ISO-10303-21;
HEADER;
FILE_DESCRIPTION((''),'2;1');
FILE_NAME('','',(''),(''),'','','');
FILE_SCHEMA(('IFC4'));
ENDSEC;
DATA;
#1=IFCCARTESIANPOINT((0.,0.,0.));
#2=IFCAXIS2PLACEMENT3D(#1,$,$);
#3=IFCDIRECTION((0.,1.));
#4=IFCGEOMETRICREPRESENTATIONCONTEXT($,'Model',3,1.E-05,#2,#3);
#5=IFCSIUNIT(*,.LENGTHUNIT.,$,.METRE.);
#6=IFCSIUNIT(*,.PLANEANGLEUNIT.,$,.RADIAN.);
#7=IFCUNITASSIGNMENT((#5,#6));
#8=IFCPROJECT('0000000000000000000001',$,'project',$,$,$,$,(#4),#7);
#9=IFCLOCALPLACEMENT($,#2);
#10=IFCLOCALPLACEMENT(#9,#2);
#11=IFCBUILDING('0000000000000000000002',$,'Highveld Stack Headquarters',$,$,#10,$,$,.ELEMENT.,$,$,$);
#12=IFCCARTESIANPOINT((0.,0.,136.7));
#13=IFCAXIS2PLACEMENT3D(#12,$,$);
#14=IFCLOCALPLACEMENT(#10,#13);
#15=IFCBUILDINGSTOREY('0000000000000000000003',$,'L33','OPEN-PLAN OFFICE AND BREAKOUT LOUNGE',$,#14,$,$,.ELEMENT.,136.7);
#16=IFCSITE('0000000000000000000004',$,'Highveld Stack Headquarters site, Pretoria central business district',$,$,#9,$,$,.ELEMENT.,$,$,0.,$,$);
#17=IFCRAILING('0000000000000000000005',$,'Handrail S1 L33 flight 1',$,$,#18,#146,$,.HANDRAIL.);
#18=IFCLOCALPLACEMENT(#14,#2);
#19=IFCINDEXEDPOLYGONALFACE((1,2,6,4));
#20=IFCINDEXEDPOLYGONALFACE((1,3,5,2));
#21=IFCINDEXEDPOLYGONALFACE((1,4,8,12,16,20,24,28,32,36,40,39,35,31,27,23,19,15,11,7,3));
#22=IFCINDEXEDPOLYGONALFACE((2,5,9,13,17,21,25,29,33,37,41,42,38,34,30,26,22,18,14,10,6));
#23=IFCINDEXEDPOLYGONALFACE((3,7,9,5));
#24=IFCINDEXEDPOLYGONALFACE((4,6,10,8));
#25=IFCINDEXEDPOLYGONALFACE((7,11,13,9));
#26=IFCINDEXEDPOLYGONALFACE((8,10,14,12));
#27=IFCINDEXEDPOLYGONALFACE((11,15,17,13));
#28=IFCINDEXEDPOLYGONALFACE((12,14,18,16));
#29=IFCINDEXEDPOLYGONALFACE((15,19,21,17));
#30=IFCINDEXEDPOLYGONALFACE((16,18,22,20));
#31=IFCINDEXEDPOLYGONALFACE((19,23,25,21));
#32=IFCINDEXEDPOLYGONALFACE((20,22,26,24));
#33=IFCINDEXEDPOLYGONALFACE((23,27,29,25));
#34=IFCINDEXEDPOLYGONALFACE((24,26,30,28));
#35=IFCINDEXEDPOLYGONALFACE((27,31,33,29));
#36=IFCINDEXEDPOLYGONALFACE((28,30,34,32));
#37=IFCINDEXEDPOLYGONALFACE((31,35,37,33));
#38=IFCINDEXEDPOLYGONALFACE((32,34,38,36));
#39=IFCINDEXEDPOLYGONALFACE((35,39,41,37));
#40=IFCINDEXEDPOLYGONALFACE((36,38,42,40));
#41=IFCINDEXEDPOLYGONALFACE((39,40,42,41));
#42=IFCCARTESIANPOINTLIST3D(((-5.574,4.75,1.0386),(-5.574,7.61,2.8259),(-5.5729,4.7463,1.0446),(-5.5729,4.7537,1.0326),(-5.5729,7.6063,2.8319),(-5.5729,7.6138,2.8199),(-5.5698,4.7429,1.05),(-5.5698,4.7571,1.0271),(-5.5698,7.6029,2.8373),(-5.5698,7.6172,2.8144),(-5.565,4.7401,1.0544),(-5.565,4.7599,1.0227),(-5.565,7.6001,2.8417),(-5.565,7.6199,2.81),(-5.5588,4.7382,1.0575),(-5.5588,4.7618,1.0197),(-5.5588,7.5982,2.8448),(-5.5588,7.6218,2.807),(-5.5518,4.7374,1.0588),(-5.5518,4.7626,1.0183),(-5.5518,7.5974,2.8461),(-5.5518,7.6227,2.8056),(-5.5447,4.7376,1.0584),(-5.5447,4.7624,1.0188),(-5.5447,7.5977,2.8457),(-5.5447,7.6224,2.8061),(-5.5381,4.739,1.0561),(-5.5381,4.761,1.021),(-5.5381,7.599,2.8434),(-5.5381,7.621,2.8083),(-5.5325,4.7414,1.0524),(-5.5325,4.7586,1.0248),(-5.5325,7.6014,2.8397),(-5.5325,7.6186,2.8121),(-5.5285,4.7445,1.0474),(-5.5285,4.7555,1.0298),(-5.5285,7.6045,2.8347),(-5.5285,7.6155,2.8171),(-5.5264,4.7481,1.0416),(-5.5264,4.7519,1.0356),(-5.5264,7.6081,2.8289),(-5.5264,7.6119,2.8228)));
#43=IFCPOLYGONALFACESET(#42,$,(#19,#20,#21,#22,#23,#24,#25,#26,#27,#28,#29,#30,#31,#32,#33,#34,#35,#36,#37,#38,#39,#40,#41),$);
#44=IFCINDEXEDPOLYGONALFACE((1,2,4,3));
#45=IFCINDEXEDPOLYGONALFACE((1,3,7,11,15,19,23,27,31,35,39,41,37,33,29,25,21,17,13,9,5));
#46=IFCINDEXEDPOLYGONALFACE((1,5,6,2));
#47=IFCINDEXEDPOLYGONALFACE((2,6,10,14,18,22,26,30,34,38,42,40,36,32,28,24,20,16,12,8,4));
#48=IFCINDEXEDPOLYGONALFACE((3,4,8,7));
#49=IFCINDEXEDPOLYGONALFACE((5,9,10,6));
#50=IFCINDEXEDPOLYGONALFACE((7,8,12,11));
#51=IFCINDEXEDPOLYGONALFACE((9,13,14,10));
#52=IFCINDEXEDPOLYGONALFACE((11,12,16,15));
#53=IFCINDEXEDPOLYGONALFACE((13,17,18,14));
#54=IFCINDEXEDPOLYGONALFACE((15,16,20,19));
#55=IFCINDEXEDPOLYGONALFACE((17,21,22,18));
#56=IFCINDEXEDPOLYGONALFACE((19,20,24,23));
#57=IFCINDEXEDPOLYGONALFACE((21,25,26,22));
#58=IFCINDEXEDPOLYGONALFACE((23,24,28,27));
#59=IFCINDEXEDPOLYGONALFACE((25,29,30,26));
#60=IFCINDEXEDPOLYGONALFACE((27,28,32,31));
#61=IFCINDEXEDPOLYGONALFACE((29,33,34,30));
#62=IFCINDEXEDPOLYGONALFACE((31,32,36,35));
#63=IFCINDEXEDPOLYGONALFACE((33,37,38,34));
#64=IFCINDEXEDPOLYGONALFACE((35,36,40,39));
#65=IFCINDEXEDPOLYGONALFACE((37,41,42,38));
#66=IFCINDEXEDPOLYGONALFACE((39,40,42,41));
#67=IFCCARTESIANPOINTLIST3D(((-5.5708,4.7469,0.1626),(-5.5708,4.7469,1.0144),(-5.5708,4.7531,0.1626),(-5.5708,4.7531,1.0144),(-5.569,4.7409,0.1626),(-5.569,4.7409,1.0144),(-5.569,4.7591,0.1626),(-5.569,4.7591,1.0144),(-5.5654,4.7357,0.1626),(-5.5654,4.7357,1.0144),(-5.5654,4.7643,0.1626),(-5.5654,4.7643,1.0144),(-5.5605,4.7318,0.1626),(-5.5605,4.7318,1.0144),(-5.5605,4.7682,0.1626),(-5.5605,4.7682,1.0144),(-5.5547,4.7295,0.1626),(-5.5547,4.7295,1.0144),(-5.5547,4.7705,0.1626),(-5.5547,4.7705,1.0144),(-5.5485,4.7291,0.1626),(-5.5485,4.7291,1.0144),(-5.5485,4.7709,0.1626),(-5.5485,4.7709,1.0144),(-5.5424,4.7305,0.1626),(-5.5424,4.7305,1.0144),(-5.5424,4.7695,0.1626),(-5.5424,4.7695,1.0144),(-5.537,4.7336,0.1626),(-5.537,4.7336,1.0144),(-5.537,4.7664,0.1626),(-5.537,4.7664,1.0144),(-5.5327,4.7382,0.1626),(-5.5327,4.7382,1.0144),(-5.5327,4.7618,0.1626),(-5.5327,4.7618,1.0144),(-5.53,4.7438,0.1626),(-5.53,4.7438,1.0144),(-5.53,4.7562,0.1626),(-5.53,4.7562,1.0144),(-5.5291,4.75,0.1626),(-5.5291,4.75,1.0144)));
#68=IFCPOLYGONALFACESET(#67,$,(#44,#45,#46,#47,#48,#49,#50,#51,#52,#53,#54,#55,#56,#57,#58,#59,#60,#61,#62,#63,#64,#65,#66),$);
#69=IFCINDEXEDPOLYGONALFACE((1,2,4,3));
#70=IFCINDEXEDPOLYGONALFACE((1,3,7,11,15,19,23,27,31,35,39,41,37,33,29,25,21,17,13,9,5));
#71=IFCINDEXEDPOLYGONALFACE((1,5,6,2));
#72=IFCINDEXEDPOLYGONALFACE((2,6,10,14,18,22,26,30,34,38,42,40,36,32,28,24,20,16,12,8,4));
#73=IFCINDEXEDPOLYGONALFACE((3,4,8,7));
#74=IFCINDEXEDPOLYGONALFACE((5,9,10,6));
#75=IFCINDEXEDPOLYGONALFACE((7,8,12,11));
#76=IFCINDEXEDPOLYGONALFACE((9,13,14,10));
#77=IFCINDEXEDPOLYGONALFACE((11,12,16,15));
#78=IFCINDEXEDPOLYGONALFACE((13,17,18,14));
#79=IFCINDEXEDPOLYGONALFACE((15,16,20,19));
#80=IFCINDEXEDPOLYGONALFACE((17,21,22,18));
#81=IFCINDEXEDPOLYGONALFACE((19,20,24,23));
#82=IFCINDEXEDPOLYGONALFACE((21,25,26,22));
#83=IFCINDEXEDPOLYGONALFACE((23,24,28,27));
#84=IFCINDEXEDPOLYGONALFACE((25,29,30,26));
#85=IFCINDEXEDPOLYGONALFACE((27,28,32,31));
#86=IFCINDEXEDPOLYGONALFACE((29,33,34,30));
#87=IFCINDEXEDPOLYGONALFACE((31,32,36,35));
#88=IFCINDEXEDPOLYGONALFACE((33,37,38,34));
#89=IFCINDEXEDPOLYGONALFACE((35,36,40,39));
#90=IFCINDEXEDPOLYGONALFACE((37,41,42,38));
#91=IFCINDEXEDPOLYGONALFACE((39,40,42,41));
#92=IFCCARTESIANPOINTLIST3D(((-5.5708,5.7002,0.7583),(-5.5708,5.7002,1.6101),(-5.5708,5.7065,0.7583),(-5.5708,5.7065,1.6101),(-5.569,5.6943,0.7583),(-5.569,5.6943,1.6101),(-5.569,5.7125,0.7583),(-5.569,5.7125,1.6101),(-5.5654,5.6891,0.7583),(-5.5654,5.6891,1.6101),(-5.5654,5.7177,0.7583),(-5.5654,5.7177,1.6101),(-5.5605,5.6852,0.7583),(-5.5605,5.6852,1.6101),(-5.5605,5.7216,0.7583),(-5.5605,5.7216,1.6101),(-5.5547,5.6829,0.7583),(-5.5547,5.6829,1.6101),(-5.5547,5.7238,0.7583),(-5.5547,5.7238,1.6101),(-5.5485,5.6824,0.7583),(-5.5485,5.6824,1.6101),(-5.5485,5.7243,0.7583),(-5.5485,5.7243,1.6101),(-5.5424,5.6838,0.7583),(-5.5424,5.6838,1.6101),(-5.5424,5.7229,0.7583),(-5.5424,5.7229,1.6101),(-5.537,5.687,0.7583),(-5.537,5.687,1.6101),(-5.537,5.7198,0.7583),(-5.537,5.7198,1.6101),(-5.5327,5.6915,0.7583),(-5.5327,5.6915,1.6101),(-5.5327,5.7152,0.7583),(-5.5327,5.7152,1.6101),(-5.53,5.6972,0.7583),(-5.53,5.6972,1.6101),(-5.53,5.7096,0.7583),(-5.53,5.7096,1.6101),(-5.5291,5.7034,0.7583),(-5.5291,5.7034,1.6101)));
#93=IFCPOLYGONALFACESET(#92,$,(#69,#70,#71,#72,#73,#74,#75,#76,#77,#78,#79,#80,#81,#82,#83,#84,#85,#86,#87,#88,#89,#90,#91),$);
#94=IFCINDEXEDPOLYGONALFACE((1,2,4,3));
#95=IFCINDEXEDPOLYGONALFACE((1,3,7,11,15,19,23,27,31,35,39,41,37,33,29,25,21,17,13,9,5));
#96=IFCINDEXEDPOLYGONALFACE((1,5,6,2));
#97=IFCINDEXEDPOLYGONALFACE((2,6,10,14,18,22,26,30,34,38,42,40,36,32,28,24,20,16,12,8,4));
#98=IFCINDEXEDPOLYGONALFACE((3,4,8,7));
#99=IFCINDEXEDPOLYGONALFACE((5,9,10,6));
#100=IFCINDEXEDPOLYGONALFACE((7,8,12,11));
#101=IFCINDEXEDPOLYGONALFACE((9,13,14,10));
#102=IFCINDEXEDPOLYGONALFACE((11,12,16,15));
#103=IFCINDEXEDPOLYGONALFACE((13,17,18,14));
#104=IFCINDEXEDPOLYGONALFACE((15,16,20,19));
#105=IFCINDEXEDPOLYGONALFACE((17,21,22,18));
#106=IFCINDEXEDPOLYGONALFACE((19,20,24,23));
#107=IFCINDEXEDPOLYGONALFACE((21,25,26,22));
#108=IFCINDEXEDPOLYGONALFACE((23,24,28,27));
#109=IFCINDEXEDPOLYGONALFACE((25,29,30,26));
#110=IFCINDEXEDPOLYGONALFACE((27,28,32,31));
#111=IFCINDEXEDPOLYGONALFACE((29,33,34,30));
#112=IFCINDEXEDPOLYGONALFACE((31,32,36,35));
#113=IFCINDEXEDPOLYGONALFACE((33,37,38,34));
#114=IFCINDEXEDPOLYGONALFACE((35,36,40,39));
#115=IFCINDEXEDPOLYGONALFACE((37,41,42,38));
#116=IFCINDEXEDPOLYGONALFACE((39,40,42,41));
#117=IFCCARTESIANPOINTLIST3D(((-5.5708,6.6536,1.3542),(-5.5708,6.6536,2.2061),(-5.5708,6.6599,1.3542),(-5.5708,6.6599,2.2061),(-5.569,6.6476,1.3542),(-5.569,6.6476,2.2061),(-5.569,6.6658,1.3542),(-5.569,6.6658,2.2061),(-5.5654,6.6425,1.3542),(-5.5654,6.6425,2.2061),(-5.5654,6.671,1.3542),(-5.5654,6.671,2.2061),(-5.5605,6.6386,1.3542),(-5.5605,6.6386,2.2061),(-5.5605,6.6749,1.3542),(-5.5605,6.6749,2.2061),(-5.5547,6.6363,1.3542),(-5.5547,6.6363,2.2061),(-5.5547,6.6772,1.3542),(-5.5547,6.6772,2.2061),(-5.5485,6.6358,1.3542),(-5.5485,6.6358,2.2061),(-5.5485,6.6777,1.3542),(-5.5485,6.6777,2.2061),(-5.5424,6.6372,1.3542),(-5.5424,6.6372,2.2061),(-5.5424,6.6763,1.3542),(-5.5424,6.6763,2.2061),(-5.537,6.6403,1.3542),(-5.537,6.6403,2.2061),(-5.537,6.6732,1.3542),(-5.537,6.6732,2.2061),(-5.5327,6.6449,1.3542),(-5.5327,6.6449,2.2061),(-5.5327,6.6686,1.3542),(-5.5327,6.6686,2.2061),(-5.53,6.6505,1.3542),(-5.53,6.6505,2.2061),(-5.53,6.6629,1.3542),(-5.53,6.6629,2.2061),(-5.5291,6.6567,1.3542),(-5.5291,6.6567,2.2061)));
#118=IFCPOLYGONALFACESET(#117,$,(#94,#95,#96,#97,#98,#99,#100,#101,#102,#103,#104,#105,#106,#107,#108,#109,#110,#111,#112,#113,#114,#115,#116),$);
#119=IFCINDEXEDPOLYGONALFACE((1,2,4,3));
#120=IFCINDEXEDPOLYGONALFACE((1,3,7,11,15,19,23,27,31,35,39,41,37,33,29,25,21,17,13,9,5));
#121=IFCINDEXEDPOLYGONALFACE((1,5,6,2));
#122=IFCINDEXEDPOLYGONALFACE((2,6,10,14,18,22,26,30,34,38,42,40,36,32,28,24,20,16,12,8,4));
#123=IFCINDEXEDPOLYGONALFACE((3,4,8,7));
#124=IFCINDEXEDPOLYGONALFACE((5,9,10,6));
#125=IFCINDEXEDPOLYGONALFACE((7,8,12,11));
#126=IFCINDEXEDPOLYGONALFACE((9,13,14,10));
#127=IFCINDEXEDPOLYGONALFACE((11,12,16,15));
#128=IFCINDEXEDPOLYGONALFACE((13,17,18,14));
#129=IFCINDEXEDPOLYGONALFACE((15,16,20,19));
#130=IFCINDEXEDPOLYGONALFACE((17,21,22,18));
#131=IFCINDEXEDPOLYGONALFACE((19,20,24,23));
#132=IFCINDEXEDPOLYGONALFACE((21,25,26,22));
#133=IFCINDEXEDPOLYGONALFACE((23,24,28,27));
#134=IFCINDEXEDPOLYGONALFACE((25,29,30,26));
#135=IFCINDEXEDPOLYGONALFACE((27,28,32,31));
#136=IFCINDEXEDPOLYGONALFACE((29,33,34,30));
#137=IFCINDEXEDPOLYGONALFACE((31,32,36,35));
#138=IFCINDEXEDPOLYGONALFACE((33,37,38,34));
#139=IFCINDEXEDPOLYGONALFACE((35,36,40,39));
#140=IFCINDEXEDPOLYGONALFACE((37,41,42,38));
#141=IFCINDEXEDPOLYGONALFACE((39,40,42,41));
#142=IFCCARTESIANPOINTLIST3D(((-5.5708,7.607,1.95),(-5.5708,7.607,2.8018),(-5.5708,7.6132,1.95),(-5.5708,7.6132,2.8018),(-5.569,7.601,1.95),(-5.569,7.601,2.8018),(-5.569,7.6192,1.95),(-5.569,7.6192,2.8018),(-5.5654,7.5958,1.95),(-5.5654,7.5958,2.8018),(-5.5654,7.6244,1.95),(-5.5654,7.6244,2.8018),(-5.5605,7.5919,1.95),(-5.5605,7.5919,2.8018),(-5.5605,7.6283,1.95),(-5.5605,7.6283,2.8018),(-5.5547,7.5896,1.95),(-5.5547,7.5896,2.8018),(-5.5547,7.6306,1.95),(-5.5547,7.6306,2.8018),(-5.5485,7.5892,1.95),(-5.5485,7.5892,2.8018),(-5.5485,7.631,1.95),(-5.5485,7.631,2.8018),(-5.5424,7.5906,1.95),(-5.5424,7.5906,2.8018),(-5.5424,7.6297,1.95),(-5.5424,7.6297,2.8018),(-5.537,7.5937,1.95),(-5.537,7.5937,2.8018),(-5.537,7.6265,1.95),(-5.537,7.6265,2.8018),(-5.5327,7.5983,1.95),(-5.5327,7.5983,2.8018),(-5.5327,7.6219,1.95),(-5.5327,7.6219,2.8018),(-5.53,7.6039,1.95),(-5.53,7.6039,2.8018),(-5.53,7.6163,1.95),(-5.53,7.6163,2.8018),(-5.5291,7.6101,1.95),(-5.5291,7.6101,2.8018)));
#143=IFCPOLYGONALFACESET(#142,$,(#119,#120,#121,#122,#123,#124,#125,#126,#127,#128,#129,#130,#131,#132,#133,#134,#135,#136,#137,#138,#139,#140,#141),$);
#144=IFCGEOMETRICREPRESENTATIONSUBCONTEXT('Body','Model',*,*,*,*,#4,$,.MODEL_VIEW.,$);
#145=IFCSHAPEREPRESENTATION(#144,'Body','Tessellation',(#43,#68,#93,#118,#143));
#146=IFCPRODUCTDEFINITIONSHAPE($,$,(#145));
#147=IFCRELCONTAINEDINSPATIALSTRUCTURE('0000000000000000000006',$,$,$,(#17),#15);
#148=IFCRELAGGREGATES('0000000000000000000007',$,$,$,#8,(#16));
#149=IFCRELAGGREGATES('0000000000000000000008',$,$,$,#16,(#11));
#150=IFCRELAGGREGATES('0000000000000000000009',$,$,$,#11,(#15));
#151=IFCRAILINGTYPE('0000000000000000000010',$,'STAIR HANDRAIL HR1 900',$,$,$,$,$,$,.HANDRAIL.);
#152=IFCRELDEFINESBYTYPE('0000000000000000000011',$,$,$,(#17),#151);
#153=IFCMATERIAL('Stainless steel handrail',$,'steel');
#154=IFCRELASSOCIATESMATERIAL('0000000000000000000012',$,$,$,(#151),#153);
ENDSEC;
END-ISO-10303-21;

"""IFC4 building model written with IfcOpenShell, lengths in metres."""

from ifc_helpers import new_model, si_unit, direction, frame, origin, origin_2d, place, context, subcontext, project, spatial, circle, extrude, material, type_object, element, save


model = new_model("IFC4")

# Units and contexts
model_context = context("Model", 3, precision=1e-05, world=origin(), true_north=direction((0.0, 1.0)))
body_context = subcontext(model_context, "Body", "Model", "MODEL_VIEW")
ifc_project = project(units=[si_unit("LENGTHUNIT", "METRE"), si_unit("PLANEANGLEUNIT", "RADIAN")], contexts=[model_context])

# Site, building, storey
site_placement = place(None, origin())
site = spatial("IfcSite", under=ifc_project, at=site_placement, Name="Highveld Stack Headquarters site, Pretoria central business district", CompositionType="ELEMENT", RefElevation=0.0)
building_placement = place(site_placement, origin())
building = spatial("IfcBuilding", under=site, at=building_placement, Name="Highveld Stack Headquarters", CompositionType="ELEMENT")
storey_placement = place(building_placement, frame((0.0, 0.0, 136.7)))
storey = spatial("IfcBuildingStorey", under=building, at=storey_placement, Name="L33", Description="OPEN-PLAN OFFICE AND BREAKOUT LOUNGE", CompositionType="ELEMENT", Elevation=136.7)

# Railing
ifc_material_1 = material(Name="Stainless steel handrail", Category="steel")
railing_type = type_object("IfcRailingType", Name="STAIR HANDRAIL HR1 900", PredefinedType="HANDRAIL", material=ifc_material_1)
for number, where, name in (
    (1, (-5.55, 4.75, 0.1626), "Handrail S1 L33 flight 1"),
):
    element("IfcRailing", number, at=place(storey_placement, frame(where)), inside=storey, type_object=railing_type, Name=name, PredefinedType="HANDRAIL", context=body_context, shape_type="SweptSolid", body=[
        extrude(circle(Radius=0.0239, at=origin_2d()), frame((0.0, 0.0, 0.876), z_axis=(0.0, 0.848027, 0.529953), x_axis=(-1.0, 0.0, 0.0)), (0.0, 0.0, 1.0), 3.3726),
        extrude(circle(Radius=0.021, at=origin_2d()), origin(), (0.0, 0.0, 1.0), 0.8518),
        extrude(circle(Radius=0.021, at=origin_2d()), frame((0.0, 0.9534, 0.5957)), (0.0, 0.0, 1.0), 0.8518),
        extrude(circle(Radius=0.021, at=origin_2d()), frame((0.0, 1.9067, 1.1917)), (0.0, 0.0, 1.0), 0.8518),
        extrude(circle(Radius=0.021, at=origin_2d()), frame((0.0, 2.8601, 1.7874)), (0.0, 0.0, 1.0), 0.8518),
    ])

save(model, "model.ifc")
